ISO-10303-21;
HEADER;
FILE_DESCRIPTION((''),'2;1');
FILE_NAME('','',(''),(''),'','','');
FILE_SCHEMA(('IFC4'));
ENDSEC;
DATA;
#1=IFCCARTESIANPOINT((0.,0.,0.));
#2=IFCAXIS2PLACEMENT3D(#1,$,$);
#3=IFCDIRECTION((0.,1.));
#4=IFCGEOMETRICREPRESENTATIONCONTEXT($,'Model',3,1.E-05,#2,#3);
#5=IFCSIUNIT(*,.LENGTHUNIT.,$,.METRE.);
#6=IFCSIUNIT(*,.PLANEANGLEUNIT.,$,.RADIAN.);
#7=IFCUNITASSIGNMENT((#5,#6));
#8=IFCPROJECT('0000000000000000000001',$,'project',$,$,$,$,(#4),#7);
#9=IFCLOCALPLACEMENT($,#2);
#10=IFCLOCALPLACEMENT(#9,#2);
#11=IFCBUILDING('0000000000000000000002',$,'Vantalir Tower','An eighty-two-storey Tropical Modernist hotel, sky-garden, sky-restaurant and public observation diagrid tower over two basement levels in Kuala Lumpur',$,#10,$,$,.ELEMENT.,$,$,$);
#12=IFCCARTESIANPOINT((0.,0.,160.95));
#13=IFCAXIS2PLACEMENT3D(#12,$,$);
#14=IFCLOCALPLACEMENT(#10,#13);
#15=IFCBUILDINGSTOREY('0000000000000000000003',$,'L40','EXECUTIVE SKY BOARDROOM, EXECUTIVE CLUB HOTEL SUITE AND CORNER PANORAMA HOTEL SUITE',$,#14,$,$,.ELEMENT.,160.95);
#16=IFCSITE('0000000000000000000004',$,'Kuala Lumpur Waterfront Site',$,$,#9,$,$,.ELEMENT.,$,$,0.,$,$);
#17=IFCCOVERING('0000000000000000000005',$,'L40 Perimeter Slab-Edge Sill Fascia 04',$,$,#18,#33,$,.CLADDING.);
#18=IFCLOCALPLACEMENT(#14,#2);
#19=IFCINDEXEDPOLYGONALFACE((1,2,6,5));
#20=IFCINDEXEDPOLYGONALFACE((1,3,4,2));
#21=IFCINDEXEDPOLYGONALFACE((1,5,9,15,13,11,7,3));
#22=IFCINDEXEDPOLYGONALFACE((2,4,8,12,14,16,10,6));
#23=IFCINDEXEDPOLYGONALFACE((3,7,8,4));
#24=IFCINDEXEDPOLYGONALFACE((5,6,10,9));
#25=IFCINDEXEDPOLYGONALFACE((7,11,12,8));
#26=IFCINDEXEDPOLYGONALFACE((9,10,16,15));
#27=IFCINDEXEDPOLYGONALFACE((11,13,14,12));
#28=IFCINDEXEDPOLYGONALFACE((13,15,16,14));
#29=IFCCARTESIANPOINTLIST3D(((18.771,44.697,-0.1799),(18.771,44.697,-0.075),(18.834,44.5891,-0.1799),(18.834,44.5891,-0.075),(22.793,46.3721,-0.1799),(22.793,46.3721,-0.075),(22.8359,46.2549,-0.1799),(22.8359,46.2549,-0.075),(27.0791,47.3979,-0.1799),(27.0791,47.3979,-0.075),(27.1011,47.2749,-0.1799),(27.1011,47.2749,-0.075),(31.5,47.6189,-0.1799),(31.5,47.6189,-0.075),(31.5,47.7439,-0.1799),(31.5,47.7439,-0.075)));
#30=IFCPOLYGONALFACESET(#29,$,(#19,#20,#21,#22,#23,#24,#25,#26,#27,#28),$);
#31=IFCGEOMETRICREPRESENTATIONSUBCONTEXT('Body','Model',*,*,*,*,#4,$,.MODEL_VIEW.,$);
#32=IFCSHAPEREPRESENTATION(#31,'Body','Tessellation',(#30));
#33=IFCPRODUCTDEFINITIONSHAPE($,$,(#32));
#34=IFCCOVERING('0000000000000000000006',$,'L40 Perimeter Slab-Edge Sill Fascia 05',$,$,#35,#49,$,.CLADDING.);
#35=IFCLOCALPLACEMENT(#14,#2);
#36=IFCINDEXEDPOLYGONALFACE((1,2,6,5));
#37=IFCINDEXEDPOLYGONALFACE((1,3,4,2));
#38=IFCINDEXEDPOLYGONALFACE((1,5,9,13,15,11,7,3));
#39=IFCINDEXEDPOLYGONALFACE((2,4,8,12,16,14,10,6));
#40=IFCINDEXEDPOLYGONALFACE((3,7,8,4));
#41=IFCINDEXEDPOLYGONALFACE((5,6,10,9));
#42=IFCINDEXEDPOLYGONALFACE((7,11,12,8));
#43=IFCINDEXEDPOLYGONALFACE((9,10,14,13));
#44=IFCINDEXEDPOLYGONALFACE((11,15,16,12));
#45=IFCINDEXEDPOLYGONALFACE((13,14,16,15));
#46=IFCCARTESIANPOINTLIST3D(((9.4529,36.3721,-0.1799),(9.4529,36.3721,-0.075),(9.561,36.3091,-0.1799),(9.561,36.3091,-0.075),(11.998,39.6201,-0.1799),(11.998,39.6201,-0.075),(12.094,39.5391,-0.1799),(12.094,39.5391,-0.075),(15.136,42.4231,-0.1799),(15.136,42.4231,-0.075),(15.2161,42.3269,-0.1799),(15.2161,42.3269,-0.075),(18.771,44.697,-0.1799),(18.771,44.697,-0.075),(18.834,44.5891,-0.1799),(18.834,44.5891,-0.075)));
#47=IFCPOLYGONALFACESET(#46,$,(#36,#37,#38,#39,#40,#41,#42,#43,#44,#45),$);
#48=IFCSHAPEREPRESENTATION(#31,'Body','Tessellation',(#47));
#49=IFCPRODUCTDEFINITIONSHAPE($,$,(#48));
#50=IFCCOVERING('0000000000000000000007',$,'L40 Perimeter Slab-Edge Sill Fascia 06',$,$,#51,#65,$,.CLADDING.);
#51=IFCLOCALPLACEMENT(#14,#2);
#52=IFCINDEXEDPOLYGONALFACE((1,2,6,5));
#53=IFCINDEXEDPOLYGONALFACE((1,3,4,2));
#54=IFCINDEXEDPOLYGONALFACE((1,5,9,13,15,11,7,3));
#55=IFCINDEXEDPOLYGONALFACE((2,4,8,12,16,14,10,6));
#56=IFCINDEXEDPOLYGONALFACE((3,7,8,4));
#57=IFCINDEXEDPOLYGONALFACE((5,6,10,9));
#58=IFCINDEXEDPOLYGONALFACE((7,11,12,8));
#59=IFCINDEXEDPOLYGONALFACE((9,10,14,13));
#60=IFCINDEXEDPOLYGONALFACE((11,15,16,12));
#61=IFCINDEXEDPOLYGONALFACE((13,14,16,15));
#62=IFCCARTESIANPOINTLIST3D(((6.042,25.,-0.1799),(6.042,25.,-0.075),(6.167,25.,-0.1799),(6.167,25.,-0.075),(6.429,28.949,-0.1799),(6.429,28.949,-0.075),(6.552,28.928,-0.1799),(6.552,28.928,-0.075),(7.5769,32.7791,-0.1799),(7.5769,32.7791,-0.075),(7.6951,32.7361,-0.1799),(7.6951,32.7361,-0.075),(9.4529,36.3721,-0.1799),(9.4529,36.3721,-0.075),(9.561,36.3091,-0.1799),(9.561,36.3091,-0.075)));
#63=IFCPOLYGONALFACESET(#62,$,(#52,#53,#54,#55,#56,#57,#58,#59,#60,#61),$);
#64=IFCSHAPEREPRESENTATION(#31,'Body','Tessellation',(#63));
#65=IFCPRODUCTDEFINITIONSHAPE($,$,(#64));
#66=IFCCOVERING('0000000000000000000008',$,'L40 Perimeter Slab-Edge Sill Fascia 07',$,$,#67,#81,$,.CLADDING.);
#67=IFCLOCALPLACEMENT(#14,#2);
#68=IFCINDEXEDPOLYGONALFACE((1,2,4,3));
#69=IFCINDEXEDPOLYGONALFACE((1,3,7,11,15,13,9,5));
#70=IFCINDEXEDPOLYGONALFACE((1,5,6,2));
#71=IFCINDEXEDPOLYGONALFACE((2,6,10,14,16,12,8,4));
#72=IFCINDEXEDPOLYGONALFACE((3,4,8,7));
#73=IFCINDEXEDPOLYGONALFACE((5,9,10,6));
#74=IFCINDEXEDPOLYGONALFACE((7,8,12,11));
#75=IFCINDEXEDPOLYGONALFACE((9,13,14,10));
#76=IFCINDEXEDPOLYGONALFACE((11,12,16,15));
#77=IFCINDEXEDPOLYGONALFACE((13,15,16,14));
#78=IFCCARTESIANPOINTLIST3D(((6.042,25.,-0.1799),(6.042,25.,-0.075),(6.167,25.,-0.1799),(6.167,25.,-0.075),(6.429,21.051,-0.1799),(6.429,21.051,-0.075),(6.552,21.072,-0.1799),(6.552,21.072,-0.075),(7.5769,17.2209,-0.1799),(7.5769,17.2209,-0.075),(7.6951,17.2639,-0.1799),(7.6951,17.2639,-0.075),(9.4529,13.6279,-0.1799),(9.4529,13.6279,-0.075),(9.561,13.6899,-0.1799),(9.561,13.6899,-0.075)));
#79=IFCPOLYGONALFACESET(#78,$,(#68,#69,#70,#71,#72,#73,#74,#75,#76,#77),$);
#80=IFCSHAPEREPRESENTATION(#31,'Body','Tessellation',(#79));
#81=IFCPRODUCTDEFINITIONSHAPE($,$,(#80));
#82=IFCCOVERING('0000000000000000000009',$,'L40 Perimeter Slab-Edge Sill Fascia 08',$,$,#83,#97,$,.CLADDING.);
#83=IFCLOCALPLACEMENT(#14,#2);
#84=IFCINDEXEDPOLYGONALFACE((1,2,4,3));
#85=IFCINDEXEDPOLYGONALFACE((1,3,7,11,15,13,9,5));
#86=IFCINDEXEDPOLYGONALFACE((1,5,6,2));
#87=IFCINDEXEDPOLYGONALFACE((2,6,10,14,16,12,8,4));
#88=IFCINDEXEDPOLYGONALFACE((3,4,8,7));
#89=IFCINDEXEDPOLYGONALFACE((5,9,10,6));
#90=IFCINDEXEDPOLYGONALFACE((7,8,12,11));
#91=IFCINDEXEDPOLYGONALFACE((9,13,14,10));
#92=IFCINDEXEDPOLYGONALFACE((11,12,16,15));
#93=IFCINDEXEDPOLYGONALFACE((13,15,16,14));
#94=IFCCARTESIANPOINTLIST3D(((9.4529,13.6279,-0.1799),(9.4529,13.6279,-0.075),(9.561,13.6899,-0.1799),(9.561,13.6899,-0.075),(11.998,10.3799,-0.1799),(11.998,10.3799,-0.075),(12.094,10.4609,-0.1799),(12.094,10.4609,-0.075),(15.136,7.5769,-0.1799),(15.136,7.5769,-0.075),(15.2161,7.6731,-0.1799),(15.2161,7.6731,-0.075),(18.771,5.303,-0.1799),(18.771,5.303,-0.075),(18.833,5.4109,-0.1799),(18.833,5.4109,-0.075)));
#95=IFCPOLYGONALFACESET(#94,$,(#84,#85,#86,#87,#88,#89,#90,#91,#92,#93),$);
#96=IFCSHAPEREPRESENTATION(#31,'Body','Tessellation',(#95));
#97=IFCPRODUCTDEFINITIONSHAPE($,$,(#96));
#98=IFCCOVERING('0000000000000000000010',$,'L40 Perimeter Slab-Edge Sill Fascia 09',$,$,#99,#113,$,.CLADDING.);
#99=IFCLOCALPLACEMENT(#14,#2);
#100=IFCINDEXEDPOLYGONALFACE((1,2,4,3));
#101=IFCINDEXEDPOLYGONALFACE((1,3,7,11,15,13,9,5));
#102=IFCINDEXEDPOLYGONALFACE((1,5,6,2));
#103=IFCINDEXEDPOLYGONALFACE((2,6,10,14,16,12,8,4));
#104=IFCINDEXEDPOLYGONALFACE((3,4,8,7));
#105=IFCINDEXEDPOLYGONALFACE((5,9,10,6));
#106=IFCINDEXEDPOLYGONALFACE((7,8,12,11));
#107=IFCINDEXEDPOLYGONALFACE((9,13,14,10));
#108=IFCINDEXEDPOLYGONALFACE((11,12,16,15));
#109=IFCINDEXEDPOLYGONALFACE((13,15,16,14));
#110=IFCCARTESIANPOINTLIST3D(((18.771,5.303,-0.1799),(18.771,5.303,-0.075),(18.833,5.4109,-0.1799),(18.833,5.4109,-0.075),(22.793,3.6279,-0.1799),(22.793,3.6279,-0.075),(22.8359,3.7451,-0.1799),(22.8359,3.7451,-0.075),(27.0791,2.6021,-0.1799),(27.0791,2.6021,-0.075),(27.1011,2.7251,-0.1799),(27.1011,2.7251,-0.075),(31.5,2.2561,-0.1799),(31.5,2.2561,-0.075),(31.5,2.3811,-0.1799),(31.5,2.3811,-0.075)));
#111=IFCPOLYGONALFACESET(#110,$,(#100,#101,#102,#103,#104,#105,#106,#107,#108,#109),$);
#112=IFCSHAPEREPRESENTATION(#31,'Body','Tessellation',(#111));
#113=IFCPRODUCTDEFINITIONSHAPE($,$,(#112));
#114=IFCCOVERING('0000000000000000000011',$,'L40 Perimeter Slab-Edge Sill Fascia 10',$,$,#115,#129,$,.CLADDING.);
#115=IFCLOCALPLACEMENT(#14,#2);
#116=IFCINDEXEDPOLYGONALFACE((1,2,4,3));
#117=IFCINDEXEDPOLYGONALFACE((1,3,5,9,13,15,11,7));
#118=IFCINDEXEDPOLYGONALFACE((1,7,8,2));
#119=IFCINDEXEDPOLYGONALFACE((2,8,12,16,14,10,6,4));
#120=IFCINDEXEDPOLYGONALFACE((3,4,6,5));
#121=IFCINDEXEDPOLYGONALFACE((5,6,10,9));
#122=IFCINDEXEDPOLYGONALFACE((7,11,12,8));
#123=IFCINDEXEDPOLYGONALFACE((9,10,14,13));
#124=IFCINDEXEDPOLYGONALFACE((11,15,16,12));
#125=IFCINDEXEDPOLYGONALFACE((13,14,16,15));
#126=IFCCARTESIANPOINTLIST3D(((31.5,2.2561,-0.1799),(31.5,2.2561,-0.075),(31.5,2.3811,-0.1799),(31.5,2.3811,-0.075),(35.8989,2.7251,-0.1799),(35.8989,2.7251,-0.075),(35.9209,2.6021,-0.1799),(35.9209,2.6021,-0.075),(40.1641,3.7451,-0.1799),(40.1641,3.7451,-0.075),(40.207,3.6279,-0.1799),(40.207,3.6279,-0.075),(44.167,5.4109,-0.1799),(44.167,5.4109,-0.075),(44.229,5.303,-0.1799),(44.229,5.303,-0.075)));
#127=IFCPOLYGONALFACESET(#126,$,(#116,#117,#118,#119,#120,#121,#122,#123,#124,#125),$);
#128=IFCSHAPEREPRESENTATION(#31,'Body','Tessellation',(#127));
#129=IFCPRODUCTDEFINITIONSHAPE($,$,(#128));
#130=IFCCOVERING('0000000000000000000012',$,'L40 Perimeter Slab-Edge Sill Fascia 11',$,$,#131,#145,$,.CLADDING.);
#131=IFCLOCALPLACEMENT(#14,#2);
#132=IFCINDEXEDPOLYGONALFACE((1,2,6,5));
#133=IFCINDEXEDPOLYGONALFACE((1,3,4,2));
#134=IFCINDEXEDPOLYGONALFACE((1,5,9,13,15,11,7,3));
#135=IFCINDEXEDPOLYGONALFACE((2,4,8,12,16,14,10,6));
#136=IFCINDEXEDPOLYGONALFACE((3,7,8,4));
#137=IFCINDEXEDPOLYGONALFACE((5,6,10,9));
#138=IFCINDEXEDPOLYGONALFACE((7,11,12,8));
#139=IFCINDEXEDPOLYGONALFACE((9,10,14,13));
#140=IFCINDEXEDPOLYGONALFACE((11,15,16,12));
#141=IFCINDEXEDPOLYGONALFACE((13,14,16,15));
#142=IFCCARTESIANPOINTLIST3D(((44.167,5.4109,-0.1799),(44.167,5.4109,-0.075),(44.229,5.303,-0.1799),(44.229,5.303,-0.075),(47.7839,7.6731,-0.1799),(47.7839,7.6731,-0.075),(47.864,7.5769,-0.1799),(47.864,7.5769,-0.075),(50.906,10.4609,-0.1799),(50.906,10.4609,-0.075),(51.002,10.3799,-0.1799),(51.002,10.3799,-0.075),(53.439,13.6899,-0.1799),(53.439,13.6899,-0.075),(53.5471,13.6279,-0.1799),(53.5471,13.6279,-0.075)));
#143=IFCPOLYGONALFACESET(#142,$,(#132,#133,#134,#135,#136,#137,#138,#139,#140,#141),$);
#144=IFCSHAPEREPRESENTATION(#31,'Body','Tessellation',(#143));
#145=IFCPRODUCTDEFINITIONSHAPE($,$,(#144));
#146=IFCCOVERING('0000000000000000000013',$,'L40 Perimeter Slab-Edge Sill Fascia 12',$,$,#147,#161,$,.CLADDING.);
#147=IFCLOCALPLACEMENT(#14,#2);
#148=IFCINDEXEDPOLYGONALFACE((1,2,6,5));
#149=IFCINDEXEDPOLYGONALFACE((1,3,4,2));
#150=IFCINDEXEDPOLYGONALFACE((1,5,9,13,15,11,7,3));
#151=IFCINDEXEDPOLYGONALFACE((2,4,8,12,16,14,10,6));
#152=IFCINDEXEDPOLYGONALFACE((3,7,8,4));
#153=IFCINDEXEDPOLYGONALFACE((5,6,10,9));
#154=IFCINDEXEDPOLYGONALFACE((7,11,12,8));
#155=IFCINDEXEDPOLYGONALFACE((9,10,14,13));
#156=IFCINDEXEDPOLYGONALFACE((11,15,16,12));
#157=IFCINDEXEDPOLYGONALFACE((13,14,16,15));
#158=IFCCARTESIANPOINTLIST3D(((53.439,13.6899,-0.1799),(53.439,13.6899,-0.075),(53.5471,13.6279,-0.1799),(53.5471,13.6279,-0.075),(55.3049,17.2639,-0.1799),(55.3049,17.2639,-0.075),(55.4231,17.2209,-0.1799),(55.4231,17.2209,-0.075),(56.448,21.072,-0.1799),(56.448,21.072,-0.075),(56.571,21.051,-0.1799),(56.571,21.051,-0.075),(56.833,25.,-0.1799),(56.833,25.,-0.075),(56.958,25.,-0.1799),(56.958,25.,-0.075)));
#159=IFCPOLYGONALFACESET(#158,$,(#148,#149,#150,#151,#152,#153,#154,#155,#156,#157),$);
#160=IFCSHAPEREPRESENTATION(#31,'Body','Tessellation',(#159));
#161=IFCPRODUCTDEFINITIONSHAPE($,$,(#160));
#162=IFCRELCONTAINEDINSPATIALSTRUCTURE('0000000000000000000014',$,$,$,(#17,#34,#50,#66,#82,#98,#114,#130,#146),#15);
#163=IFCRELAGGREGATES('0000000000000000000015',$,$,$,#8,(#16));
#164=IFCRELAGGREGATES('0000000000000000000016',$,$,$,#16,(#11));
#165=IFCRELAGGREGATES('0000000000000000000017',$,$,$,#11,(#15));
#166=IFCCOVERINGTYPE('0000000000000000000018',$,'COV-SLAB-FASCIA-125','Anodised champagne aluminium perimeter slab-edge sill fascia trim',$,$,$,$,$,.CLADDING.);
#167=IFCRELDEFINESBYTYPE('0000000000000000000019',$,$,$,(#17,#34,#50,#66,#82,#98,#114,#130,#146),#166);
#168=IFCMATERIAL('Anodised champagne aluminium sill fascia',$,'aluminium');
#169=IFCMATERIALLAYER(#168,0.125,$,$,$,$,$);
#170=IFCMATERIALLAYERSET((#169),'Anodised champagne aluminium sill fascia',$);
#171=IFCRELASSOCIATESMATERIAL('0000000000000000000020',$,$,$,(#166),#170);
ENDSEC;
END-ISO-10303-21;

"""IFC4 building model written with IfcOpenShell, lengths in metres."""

from ifc_helpers import new_model, si_unit, direction, frame, origin, place, context, subcontext, project, spatial, polyline, outline, extrude, material, layer, layer_set, type_object, element, save


model = new_model("IFC4")

# Units and contexts
model_context = context("Model", 3, precision=1e-05, world=origin(), true_north=direction((0.0, 1.0)))
body_context = subcontext(model_context, "Body", "Model", "MODEL_VIEW")
ifc_project = project(units=[si_unit("LENGTHUNIT", "METRE"), si_unit("PLANEANGLEUNIT", "RADIAN")], contexts=[model_context])

# Site, building, storey
site_placement = place(None, origin())
site = spatial("IfcSite", under=ifc_project, at=site_placement, Name="Kuala Lumpur Waterfront Site", CompositionType="ELEMENT", RefElevation=0.0)
building_placement = place(site_placement, origin())
building = spatial("IfcBuilding", under=site, at=building_placement, Name="Vantalir Tower", Description="An eighty-two-storey Tropical Modernist hotel, sky-garden, sky-restaurant and public observation diagrid tower over two basement levels in Kuala Lumpur", CompositionType="ELEMENT")
storey_placement = place(building_placement, frame((0.0, 0.0, 160.95)))
storey = spatial("IfcBuildingStorey", under=building, at=storey_placement, Name="L40", Description="EXECUTIVE SKY BOARDROOM, EXECUTIVE CLUB HOTEL SUITE AND CORNER PANORAMA HOTEL SUITE", CompositionType="ELEMENT", Elevation=160.95)

# Coverings
ifc_material_1 = material(Name="Anodised champagne aluminium sill fascia", Category="aluminium")
ifc_layer_1 = layer(ifc_material_1, 0.125)
ifc_layer_set_1 = layer_set([ifc_layer_1], Name="Anodised champagne aluminium sill fascia")
covering_type = type_object("IfcCoveringType", Name="COV-SLAB-FASCIA-125", Description="Anodised champagne aluminium perimeter slab-edge sill fascia trim", PredefinedType="CLADDING", material=ifc_layer_set_1)
covering_1_placement = place(storey_placement, frame((0.0, 0.0, -0.1799)))
element("IfcCovering", 1, at=covering_1_placement, inside=storey, type_object=covering_type, Name="L40 Perimeter Slab-Edge Sill Fascia 04", PredefinedType="CLADDING", context=body_context, shape_type="SweptSolid", body=[
    extrude(outline(polyline([(31.5, 47.7439), (27.0791, 47.3979), (22.793, 46.3721), (18.771, 44.697), (18.834, 44.5891), (22.8359, 46.2549), (27.1011, 47.2749), (31.5, 47.6189), (31.5, 47.7439)])), origin(), (0.0, 0.0, 1.0), 0.105),
])
covering_2_placement = place(storey_placement, frame((0.0, 0.0, -0.1799)))
element("IfcCovering", 2, at=covering_2_placement, inside=storey, type_object=covering_type, Name="L40 Perimeter Slab-Edge Sill Fascia 05", PredefinedType="CLADDING", context=body_context, shape_type="SweptSolid", body=[
    extrude(outline(polyline([(18.771, 44.697), (15.136, 42.4231), (11.998, 39.6201), (9.4529, 36.3721), (9.561, 36.3091), (12.094, 39.5391), (15.2161, 42.3269), (18.834, 44.5891), (18.771, 44.697)])), origin(), (0.0, 0.0, 1.0), 0.105),
])
covering_3_placement = place(storey_placement, frame((0.0, 0.0, -0.1799)))
element("IfcCovering", 3, at=covering_3_placement, inside=storey, type_object=covering_type, Name="L40 Perimeter Slab-Edge Sill Fascia 06", PredefinedType="CLADDING", context=body_context, shape_type="SweptSolid", body=[
    extrude(outline(polyline([(9.4529, 36.3721), (7.5769, 32.7791), (6.429, 28.949), (6.042, 25.0), (6.167, 25.0), (6.552, 28.928), (7.6951, 32.7361), (9.561, 36.3091), (9.4529, 36.3721)])), origin(), (0.0, 0.0, 1.0), 0.105),
])
covering_4_placement = place(storey_placement, frame((0.0, 0.0, -0.1799)))
element("IfcCovering", 4, at=covering_4_placement, inside=storey, type_object=covering_type, Name="L40 Perimeter Slab-Edge Sill Fascia 07", PredefinedType="CLADDING", context=body_context, shape_type="SweptSolid", body=[
    extrude(outline(polyline([(6.042, 25.0), (6.429, 21.051), (7.5769, 17.2209), (9.4529, 13.6279), (9.561, 13.6899), (7.6951, 17.2639), (6.552, 21.072), (6.167, 25.0), (6.042, 25.0)])), origin(), (0.0, 0.0, 1.0), 0.105),
])
covering_5_placement = place(storey_placement, frame((0.0, 0.0, -0.1799)))
element("IfcCovering", 5, at=covering_5_placement, inside=storey, type_object=covering_type, Name="L40 Perimeter Slab-Edge Sill Fascia 08", PredefinedType="CLADDING", context=body_context, shape_type="SweptSolid", body=[
    extrude(outline(polyline([(9.4529, 13.6279), (11.998, 10.3799), (15.136, 7.5769), (18.771, 5.303), (18.833, 5.4109), (15.2161, 7.6731), (12.094, 10.4609), (9.561, 13.6899), (9.4529, 13.6279)])), origin(), (0.0, 0.0, 1.0), 0.105),
])
covering_6_placement = place(storey_placement, frame((0.0, 0.0, -0.1799)))
element("IfcCovering", 6, at=covering_6_placement, inside=storey, type_object=covering_type, Name="L40 Perimeter Slab-Edge Sill Fascia 09", PredefinedType="CLADDING", context=body_context, shape_type="SweptSolid", body=[
    extrude(outline(polyline([(18.771, 5.303), (22.793, 3.6279), (27.0791, 2.6021), (31.5, 2.2561), (31.5, 2.3811), (27.1011, 2.7251), (22.8359, 3.7451), (18.833, 5.4109), (18.771, 5.303)])), origin(), (0.0, 0.0, 1.0), 0.105),
])
covering_7_placement = place(storey_placement, frame((0.0, 0.0, -0.1799)))
element("IfcCovering", 7, at=covering_7_placement, inside=storey, type_object=covering_type, Name="L40 Perimeter Slab-Edge Sill Fascia 10", PredefinedType="CLADDING", context=body_context, shape_type="SweptSolid", body=[
    extrude(outline(polyline([(31.5, 2.2561), (35.9209, 2.6021), (40.207, 3.6279), (44.229, 5.303), (44.167, 5.4109), (40.1641, 3.7451), (35.8989, 2.7251), (31.5, 2.3811), (31.5, 2.2561)])), origin(), (0.0, 0.0, 1.0), 0.105),
])
covering_8_placement = place(storey_placement, frame((0.0, 0.0, -0.1799)))
element("IfcCovering", 8, at=covering_8_placement, inside=storey, type_object=covering_type, Name="L40 Perimeter Slab-Edge Sill Fascia 11", PredefinedType="CLADDING", context=body_context, shape_type="SweptSolid", body=[
    extrude(outline(polyline([(44.229, 5.303), (47.864, 7.5769), (51.002, 10.3799), (53.5471, 13.6279), (53.439, 13.6899), (50.906, 10.4609), (47.7839, 7.6731), (44.167, 5.4109), (44.229, 5.303)])), origin(), (0.0, 0.0, 1.0), 0.105),
])
covering_9_placement = place(storey_placement, frame((0.0, 0.0, -0.1799)))
element("IfcCovering", 9, at=covering_9_placement, inside=storey, type_object=covering_type, Name="L40 Perimeter Slab-Edge Sill Fascia 12", PredefinedType="CLADDING", context=body_context, shape_type="SweptSolid", body=[
    extrude(outline(polyline([(53.5471, 13.6279), (55.4231, 17.2209), (56.571, 21.051), (56.958, 25.0), (56.833, 25.0), (56.448, 21.072), (55.3049, 17.2639), (53.439, 13.6899), (53.5471, 13.6279)])), origin(), (0.0, 0.0, 1.0), 0.105),
])

save(model, "model.ifc")
